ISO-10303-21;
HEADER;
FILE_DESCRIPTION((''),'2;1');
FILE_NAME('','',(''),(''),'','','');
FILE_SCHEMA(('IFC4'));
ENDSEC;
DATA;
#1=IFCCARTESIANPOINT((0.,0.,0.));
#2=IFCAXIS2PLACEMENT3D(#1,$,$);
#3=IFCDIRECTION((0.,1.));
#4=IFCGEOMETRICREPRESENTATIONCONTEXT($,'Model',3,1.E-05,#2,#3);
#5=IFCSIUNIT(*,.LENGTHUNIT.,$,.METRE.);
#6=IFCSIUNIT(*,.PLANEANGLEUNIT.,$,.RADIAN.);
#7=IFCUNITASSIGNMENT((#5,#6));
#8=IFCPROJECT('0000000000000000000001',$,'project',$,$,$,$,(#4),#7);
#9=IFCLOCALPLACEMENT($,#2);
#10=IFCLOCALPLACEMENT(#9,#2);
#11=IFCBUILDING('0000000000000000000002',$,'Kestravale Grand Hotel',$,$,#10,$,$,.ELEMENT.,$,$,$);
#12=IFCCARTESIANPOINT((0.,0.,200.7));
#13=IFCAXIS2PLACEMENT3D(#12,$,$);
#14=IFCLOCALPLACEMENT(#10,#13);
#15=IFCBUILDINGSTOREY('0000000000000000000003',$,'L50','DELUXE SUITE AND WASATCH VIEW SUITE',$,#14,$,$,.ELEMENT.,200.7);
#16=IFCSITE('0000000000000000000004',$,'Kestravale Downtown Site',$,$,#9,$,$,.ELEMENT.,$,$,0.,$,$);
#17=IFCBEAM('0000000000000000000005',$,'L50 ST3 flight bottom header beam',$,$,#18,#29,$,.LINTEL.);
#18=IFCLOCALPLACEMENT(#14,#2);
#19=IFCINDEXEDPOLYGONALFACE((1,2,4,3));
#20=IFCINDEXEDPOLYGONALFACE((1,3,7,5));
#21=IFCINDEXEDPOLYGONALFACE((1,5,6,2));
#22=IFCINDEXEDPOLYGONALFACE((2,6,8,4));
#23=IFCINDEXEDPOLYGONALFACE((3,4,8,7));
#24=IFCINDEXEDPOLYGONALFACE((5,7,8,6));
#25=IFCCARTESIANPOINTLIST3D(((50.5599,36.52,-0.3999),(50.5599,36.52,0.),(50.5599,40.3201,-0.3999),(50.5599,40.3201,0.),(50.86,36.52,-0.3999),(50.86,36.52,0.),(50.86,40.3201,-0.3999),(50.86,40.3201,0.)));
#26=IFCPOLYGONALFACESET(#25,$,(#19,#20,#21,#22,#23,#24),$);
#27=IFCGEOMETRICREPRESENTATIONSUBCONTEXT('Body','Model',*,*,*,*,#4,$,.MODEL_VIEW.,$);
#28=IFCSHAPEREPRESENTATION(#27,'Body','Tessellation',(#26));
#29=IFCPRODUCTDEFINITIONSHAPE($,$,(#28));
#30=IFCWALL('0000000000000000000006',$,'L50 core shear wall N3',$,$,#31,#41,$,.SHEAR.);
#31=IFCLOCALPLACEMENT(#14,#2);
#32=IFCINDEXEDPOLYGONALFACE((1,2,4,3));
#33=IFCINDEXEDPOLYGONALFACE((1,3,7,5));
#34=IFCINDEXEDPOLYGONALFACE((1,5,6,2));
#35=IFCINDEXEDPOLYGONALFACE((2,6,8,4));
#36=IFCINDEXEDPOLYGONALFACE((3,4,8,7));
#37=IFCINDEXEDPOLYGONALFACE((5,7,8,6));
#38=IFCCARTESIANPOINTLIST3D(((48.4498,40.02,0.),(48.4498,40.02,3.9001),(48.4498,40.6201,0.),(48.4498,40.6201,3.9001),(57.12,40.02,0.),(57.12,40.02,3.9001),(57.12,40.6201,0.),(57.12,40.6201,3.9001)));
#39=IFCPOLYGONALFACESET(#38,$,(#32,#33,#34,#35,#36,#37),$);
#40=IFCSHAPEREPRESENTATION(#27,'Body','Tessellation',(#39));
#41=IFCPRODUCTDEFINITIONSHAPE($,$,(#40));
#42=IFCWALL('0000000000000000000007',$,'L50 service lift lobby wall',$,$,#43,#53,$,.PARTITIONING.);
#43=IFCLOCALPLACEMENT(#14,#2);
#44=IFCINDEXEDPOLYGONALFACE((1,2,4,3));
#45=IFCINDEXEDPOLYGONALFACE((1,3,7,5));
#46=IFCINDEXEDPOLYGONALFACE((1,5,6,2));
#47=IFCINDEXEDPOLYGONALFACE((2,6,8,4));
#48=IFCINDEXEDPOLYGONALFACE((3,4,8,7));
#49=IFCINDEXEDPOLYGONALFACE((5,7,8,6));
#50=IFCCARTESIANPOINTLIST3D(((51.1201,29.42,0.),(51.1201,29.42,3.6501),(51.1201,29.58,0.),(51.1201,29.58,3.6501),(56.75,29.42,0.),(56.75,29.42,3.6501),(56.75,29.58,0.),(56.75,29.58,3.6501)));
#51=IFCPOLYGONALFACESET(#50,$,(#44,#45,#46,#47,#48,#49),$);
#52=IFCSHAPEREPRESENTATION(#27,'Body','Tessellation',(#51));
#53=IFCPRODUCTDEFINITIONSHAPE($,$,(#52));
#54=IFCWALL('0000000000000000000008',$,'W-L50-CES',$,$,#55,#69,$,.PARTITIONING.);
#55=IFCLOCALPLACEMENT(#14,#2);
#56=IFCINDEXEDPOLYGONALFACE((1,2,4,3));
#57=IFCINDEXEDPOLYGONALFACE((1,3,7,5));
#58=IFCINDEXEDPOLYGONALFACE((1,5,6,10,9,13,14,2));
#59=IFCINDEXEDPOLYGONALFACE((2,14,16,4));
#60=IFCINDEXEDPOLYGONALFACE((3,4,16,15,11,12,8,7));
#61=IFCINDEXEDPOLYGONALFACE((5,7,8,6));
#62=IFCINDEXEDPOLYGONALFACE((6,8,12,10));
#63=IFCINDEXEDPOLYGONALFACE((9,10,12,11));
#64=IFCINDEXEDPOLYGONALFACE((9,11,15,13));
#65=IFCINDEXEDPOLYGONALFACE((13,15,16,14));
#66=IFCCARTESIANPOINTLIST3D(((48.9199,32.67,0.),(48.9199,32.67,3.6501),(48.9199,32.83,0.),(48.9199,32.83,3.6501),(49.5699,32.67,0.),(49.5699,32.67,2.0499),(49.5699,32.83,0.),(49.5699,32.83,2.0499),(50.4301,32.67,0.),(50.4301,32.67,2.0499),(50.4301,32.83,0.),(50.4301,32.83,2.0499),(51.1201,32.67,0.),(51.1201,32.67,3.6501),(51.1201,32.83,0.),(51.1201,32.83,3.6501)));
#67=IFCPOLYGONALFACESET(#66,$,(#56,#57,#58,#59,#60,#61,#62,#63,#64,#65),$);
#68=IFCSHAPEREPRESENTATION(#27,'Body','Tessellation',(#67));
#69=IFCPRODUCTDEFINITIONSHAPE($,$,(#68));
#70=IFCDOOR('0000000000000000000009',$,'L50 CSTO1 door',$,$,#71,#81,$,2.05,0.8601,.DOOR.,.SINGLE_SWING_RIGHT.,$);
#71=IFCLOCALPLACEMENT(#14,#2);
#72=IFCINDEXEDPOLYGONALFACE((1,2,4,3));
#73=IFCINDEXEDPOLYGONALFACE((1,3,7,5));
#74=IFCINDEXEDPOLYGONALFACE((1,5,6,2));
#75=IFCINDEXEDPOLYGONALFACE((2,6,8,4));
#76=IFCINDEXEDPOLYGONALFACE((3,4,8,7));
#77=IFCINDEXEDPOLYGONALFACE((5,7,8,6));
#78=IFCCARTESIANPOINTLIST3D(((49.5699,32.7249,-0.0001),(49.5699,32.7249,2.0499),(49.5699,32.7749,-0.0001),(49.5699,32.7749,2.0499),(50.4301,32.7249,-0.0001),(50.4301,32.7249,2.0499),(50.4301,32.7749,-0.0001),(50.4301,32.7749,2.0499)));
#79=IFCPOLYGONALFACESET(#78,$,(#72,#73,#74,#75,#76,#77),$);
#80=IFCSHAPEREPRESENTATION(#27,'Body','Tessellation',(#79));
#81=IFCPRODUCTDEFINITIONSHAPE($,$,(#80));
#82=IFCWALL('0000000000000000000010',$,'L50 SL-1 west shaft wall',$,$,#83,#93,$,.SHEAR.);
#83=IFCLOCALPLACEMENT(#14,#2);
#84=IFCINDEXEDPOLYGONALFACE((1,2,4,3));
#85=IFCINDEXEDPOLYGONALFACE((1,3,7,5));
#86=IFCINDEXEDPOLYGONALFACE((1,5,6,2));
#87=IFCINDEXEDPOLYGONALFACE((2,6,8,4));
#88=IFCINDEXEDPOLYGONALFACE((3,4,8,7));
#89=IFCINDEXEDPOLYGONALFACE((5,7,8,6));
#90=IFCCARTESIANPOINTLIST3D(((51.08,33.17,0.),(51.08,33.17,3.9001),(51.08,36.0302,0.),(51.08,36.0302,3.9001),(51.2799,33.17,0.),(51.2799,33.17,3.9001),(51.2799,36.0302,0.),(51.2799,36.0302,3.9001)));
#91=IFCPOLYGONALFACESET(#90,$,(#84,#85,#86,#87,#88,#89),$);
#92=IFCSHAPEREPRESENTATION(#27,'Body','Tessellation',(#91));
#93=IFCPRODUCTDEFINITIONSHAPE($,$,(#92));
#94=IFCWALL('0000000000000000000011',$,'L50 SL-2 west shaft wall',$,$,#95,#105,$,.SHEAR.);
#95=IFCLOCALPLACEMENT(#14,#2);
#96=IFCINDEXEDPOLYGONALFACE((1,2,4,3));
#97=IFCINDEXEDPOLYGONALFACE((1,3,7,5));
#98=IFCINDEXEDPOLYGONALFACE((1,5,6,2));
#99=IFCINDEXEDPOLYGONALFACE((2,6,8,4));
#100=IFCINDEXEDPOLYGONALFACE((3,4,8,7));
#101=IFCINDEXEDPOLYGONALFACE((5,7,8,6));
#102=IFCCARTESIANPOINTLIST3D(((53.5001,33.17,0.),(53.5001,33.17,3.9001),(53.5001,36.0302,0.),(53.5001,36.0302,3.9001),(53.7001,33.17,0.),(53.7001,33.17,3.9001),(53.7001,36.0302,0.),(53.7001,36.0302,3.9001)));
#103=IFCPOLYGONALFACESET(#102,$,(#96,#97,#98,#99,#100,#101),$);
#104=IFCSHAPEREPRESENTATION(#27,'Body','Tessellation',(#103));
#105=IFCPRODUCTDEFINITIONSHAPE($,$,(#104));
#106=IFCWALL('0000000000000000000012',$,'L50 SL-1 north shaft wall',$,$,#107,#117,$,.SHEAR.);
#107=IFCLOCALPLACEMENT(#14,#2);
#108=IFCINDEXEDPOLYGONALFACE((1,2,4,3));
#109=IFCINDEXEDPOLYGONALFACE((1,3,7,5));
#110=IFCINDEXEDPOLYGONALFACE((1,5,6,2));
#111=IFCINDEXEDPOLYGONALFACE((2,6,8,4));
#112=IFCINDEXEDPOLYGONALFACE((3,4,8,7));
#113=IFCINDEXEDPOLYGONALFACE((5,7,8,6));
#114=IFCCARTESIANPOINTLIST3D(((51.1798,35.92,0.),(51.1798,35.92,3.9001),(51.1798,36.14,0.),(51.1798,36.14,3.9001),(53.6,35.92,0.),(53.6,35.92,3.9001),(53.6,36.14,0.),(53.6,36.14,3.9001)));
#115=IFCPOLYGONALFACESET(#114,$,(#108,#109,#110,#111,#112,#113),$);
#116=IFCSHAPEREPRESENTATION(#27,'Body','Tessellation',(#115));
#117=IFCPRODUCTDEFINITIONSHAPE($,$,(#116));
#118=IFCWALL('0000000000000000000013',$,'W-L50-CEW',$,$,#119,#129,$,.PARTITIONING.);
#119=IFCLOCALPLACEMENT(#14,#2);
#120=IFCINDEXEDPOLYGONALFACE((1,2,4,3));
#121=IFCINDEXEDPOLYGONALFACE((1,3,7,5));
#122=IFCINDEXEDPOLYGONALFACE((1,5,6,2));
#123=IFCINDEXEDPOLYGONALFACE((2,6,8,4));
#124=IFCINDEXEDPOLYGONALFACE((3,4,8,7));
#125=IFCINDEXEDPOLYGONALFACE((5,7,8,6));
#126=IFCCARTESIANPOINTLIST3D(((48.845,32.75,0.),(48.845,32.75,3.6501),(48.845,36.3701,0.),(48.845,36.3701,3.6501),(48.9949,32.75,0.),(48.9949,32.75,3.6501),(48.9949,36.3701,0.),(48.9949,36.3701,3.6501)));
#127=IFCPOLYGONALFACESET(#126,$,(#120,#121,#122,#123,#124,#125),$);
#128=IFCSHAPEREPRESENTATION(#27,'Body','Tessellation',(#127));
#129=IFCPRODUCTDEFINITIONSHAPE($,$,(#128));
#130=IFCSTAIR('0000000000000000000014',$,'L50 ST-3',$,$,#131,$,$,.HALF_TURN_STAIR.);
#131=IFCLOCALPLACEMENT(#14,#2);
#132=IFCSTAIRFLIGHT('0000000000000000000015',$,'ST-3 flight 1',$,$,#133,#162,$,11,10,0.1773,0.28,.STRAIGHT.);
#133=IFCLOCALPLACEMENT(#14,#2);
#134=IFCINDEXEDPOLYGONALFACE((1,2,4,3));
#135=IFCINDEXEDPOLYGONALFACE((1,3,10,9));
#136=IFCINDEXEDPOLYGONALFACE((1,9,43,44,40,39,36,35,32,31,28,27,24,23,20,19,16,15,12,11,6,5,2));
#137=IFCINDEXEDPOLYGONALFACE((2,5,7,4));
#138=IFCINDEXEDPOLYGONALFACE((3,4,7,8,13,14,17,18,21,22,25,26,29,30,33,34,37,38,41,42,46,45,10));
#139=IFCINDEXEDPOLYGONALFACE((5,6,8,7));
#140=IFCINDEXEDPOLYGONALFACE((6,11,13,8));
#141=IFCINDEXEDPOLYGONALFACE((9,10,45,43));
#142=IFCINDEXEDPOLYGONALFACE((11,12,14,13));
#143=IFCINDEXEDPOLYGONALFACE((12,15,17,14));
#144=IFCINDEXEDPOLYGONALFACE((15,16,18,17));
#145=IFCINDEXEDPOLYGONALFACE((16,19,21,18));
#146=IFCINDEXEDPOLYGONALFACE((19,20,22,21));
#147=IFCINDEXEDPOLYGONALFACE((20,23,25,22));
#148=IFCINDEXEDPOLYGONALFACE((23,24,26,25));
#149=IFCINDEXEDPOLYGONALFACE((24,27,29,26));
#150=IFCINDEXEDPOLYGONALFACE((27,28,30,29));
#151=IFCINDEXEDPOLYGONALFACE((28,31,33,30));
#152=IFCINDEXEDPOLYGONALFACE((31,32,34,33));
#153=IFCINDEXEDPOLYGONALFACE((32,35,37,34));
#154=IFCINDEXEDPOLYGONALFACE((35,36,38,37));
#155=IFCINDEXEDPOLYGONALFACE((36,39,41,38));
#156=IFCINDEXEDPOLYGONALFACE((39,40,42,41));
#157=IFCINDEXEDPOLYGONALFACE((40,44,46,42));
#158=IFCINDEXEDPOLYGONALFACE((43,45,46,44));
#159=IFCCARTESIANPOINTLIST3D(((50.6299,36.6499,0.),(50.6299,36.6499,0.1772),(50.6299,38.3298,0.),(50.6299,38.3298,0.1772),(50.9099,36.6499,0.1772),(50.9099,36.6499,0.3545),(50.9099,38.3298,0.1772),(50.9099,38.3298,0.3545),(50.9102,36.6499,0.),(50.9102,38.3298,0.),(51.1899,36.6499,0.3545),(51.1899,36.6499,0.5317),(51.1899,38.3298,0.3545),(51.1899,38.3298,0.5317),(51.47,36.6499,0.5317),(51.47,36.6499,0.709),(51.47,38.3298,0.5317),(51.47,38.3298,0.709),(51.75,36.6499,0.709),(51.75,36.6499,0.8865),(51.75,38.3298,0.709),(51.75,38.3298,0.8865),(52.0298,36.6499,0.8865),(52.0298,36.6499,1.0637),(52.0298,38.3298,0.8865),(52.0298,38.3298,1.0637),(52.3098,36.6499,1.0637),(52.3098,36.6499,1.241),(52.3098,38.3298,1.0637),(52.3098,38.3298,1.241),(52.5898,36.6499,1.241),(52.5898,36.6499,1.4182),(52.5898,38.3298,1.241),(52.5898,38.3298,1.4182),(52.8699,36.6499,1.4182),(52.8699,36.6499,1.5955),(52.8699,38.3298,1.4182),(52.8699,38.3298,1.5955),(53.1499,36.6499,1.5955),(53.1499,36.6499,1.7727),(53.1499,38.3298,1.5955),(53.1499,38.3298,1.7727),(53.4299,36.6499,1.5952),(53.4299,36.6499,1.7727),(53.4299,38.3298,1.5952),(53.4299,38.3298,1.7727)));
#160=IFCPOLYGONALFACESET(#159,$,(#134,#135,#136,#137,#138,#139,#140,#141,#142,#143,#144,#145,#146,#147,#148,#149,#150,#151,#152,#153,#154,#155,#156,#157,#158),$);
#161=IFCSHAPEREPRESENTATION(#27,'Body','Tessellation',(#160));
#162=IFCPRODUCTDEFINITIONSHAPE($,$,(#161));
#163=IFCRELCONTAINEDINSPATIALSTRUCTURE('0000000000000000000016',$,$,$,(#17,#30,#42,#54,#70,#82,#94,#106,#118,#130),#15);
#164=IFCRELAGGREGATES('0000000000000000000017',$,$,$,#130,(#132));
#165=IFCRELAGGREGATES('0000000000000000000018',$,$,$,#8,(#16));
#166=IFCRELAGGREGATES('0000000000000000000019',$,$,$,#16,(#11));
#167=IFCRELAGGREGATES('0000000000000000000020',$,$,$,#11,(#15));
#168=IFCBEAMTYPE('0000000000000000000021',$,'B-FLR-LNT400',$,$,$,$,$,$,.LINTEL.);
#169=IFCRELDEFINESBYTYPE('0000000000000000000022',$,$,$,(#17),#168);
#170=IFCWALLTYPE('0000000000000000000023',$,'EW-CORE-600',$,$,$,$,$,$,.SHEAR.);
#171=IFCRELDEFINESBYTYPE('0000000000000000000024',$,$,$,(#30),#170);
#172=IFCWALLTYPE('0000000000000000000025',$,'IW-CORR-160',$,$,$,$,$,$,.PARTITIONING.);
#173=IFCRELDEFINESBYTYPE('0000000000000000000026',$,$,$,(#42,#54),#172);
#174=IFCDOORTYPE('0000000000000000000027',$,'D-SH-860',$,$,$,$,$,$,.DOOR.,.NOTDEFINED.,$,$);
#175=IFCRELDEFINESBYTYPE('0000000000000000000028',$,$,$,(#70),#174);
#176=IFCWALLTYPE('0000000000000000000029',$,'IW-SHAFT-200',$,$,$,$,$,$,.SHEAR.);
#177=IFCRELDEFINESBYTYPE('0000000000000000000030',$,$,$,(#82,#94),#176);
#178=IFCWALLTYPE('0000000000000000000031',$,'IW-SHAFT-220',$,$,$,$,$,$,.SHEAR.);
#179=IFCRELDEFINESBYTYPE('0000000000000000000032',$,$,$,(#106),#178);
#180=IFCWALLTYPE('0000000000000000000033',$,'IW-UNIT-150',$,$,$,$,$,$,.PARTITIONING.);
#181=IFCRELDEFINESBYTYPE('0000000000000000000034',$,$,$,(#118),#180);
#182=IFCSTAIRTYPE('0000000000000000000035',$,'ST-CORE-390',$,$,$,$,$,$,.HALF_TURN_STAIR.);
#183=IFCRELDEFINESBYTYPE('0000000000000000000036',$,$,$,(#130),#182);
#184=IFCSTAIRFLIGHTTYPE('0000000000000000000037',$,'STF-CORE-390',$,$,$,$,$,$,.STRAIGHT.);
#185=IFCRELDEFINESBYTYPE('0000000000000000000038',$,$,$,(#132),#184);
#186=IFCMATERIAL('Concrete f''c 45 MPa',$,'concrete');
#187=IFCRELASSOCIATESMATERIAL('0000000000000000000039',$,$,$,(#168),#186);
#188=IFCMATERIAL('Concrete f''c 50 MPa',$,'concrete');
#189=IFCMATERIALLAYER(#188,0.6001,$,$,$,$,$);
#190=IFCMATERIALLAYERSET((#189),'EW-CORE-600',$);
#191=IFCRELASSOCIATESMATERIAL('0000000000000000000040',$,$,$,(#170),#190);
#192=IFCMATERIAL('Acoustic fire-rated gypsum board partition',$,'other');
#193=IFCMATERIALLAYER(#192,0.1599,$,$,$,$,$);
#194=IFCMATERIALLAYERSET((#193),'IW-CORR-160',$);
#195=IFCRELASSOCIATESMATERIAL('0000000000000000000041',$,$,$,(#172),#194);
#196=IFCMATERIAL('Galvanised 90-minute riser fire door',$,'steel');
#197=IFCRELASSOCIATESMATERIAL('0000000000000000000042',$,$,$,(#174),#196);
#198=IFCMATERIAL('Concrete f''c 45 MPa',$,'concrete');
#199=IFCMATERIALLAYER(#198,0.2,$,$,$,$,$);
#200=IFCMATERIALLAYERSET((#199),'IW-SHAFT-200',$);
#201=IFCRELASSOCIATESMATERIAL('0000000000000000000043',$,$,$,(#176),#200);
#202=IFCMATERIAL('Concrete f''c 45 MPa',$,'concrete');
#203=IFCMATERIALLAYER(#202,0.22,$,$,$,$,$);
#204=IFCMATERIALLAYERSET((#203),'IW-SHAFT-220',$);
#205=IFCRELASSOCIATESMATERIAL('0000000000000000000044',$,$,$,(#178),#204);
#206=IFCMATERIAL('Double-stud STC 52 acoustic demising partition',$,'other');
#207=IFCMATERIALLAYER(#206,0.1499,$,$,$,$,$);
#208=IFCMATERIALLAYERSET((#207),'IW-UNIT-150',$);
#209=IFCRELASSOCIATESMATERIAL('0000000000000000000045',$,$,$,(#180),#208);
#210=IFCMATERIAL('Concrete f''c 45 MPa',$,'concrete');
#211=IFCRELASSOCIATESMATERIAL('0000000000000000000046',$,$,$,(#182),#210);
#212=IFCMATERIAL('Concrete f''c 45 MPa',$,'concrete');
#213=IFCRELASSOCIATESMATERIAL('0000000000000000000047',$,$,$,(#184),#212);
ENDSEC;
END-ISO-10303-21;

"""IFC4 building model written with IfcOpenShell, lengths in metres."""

from ifc_helpers import new_model, si_unit, direction, frame, frame_2d, origin, origin_2d, place, context, subcontext, project, spatial, polyline, rectangle, outline, extrude, material, layer, layer_set, material_profile, profile_set, type_object, element, fill, aggregate, save


model = new_model("IFC4")

# Units and contexts
model_context = context("Model", 3, precision=1e-05, world=origin(), true_north=direction((0.0, 1.0)))
body_context = subcontext(model_context, "Body", "Model", "MODEL_VIEW")
ifc_project = project(units=[si_unit("LENGTHUNIT", "METRE"), si_unit("PLANEANGLEUNIT", "RADIAN")], contexts=[model_context])

# Site, building, storey
site_placement = place(None, origin())
site = spatial("IfcSite", under=ifc_project, at=site_placement, Name="Kestravale Downtown Site", CompositionType="ELEMENT", RefElevation=0.0)
building_placement = place(site_placement, origin())
building = spatial("IfcBuilding", under=site, at=building_placement, Name="Kestravale Grand Hotel", CompositionType="ELEMENT")
storey_placement = place(building_placement, frame((0.0, 0.0, 200.7)))
storey = spatial("IfcBuildingStorey", under=building, at=storey_placement, Name="L50", Description="DELUXE SUITE AND WASATCH VIEW SUITE", CompositionType="ELEMENT", Elevation=200.7)

# Beam
ifc_material_1 = material(Name="Concrete f'c 45 MPa", Category="concrete")
ifc_material_profile = material_profile(ifc_material_1, rectangle(XDim=0.3, YDim=0.3999, at=origin_2d()))
ifc_profile_set = profile_set([ifc_material_profile], Name="Concrete f'c 45 MPa")
beam_type = type_object("IfcBeamType", Name="B-FLR-LNT400", PredefinedType="LINTEL", material=ifc_profile_set)
beam_placement = place(storey_placement, frame((50.71, 36.52, -0.2), z_axis=(0.0, 1.0, 0.0), x_axis=(-1.0, 0.0, 0.0)))
element("IfcBeam", 1, at=beam_placement, inside=storey, type_object=beam_type, Name="L50 ST3 flight bottom header beam", PredefinedType="LINTEL", context=body_context, shape_type="SweptSolid", body=[
    extrude(rectangle(XDim=0.3, YDim=0.3999, at=origin_2d()), origin(), (0.0, 0.0, 1.0), 3.8),
])

# Wall
ifc_material_2 = material(Name="Concrete f'c 50 MPa", Category="concrete")
ifc_layer_1 = layer(ifc_material_2, 0.6001)
ifc_layer_set_1 = layer_set([ifc_layer_1], Name="EW-CORE-600")
wall_type_1 = type_object("IfcWallType", Name="EW-CORE-600", PredefinedType="SHEAR", material=ifc_layer_set_1)
wall_1_placement = place(storey_placement, frame((48.45, 40.3201, 0.0), z_axis=(0.0, 0.0, 1.0), x_axis=(1.0, 0.0, 0.0)))
element("IfcWall", 2, at=wall_1_placement, inside=storey, type_object=wall_type_1, Name="L50 core shear wall N3", PredefinedType="SHEAR", context=body_context, shape_type="SweptSolid", body=[
    extrude(rectangle(XDim=8.6702, YDim=0.6001, at=frame_2d((4.335, 0.0))), origin(), (0.0, 0.0, 1.0), 3.9001),
])

# Shared definitions
ifc_material_3 = material(Name="Acoustic fire-rated gypsum board partition", Category="other")
ifc_layer_2 = layer(ifc_material_3, 0.1599)
ifc_layer_set_2 = layer_set([ifc_layer_2], Name="IW-CORR-160")
wall_type_2 = type_object("IfcWallType", Name="IW-CORR-160", PredefinedType="PARTITIONING", material=ifc_layer_set_2)

# Wall
wall_2_placement = place(storey_placement, frame((51.1201, 29.5, 0.0), z_axis=(0.0, 0.0, 1.0), x_axis=(1.0, 0.0, 0.0)))
element("IfcWall", 3, at=wall_2_placement, inside=storey, type_object=wall_type_2, Name="L50 service lift lobby wall", PredefinedType="PARTITIONING", context=body_context, shape_type="SweptSolid", body=[
    extrude(rectangle(XDim=5.6299, YDim=0.1599, at=frame_2d((2.8149, 0.0))), origin(), (0.0, 0.0, 1.0), 3.6501),
])

# Wall, opening, door
wall_3_placement = place(storey_placement, frame((48.9199, 32.75, 0.0), z_axis=(0.0, 0.0, 1.0), x_axis=(1.0, 0.0, 0.0)))
wall_3 = element("IfcWall", 4, at=wall_3_placement, inside=storey, type_object=wall_type_2, Name="W-L50-CES", PredefinedType="PARTITIONING", context=body_context, shape_type="SweptSolid", body=[
    extrude(rectangle(XDim=2.2002, YDim=0.1599, at=frame_2d((1.1001, 0.0))), origin(), (0.0, 0.0, 1.0), 3.6501),
])
opening_1_placement = place(wall_3_placement, frame((0.6499, 0.0, 0.0)))
opening_1 = element("IfcOpeningElement", 5, at=opening_1_placement, cuts=wall_3, PredefinedType="OPENING", context=body_context, shape_type="SweptSolid", body=[
    extrude(rectangle(XDim=0.8601, YDim=2.05, at=frame_2d((0.4302, 1.0249))), frame((0.0, 0.0898, 0.0), z_axis=(0.0, -1.0, 0.0), x_axis=(1.0, 0.0, 0.0)), (0.0, 0.0, 1.0), 0.1799),
])
ifc_material_4 = material(Name="Galvanised 90-minute riser fire door", Category="steel")
door_type_1 = type_object("IfcDoorType", Name="D-SH-860", OperationType="NOTDEFINED", PredefinedType="DOOR", material=ifc_material_4)
door_1_placement = place(opening_1_placement, origin())
door_1 = element("IfcDoor", 6, at=door_1_placement, inside=storey, type_object=door_type_1, Name="L50 CSTO1 door", OperationType="SINGLE_SWING_RIGHT", OverallHeight=2.05, OverallWidth=0.8601, PredefinedType="DOOR", context=body_context, shape_type="SweptSolid", body=[
    extrude(rectangle(XDim=0.8601, YDim=2.05, at=frame_2d((0.4302, 1.0249))), frame((0.0, 0.0249, 0.0), z_axis=(0.0, -1.0, 0.0), x_axis=(1.0, 0.0, 0.0)), (0.0, 0.0, 1.0), 0.05),
])
fill(opening_1, door_1)

# Walls
ifc_material_5 = material(Name="Concrete f'c 45 MPa", Category="concrete")
ifc_layer_3 = layer(ifc_material_5, 0.2)
ifc_layer_set_3 = layer_set([ifc_layer_3], Name="IW-SHAFT-200")
wall_type_3 = type_object("IfcWallType", Name="IW-SHAFT-200", PredefinedType="SHEAR", material=ifc_layer_set_3)
for number, where, z_axis, x_axis, name in (
    (7, (51.1799, 33.1699, 0.0), (0.0, 0.0, 1.0), (0.0, 1.0, 0.0), "L50 SL-1 west shaft wall"),
    (8, (53.6001, 33.1699, 0.0), (0.0, 0.0, 1.0), (0.0, 1.0, 0.0), "L50 SL-2 west shaft wall"),
):
    element("IfcWall", number, at=place(storey_placement, frame(where, z_axis=z_axis, x_axis=x_axis)), inside=storey, type_object=wall_type_3, Name=name, PredefinedType="SHEAR", context=body_context, shape_type="SweptSolid", body=[
        extrude(rectangle(XDim=2.8601, YDim=0.2, at=frame_2d((1.4302, 0.0))), origin(), (0.0, 0.0, 1.0), 3.9001),
    ])

# Shared definitions
ifc_material_6 = material(Name="Concrete f'c 45 MPa", Category="concrete")
ifc_layer_4 = layer(ifc_material_6, 0.22)
ifc_layer_set_4 = layer_set([ifc_layer_4], Name="IW-SHAFT-220")
wall_type_4 = type_object("IfcWallType", Name="IW-SHAFT-220", PredefinedType="SHEAR", material=ifc_layer_set_4)

# Wall
wall_4_placement = place(storey_placement, frame((51.1799, 36.03, 0.0), z_axis=(0.0, 0.0, 1.0), x_axis=(1.0, 0.0, 0.0)))
element("IfcWall", 9, at=wall_4_placement, inside=storey, type_object=wall_type_4, Name="L50 SL-1 north shaft wall", PredefinedType="SHEAR", context=body_context, shape_type="SweptSolid", body=[
    extrude(rectangle(XDim=2.4202, YDim=0.22, at=frame_2d((1.21, 0.0))), origin(), (0.0, 0.0, 1.0), 3.9001),
])

# Wall
ifc_material_7 = material(Name="Double-stud STC 52 acoustic demising partition", Category="other")
ifc_layer_5 = layer(ifc_material_7, 0.1499)
ifc_layer_set_5 = layer_set([ifc_layer_5], Name="IW-UNIT-150")
wall_type_5 = type_object("IfcWallType", Name="IW-UNIT-150", PredefinedType="PARTITIONING", material=ifc_layer_set_5)
wall_5_placement = place(storey_placement, frame((48.9199, 32.75, 0.0), z_axis=(0.0, 0.0, 1.0), x_axis=(0.0, 1.0, 0.0)))
element("IfcWall", 10, at=wall_5_placement, inside=storey, type_object=wall_type_5, Name="W-L50-CEW", PredefinedType="PARTITIONING", context=body_context, shape_type="SweptSolid", body=[
    extrude(rectangle(XDim=3.6201, YDim=0.1499, at=frame_2d((1.8101, 0.0))), origin(), (0.0, 0.0, 1.0), 3.6501),
])

# Stair, stair flight
ifc_material_8 = material(Name="Concrete f'c 45 MPa", Category="concrete")
stair_type = type_object("IfcStairType", Name="ST-CORE-390", PredefinedType="HALF_TURN_STAIR", material=ifc_material_8)
stair_placement = place(storey_placement, origin())
stair = element("IfcStair", 11, at=stair_placement, inside=storey, type_object=stair_type, Name="L50 ST-3", PredefinedType="HALF_TURN_STAIR")
ifc_material_9 = material(Name="Concrete f'c 45 MPa", Category="concrete")
stair_flight_type = type_object("IfcStairFlightType", Name="STF-CORE-390", PredefinedType="STRAIGHT", material=ifc_material_9)
stair_flight_1_placement = place(storey_placement, frame((50.6299, 37.49, 0.0), z_axis=(0.0, 0.0, 1.0), x_axis=(1.0, 0.0, 0.0)))
stair_flight_1 = element("IfcStairFlight", 12, at=stair_flight_1_placement, type_object=stair_flight_type, Name="ST-3 flight 1", NumberOfRisers=11, NumberOfTreads=10, PredefinedType="STRAIGHT", RiserHeight=0.1773, TreadLength=0.28, context=body_context, shape_type="SweptSolid", body=[
    extrude(outline(polyline([(0.0, 0.0), (0.0, 0.1772), (0.28, 0.1772), (0.28, 0.3545), (0.5601, 0.3545), (0.5601, 0.5317), (0.8401, 0.5317), (0.8401, 0.709), (1.1201, 0.709), (1.1201, 0.8865), (1.3999, 0.8865), (1.3999, 1.0637), (1.6799, 1.0637), (1.6799, 1.241), (1.96, 1.241), (1.96, 1.4182), (2.24, 1.4182), (2.24, 1.5955), (2.52, 1.5955), (2.52, 1.7727), (2.8, 1.7727), (2.8, 1.95), (2.8, 1.5952), (0.2803, 0.0), (0.0, 0.0)])), frame((0.0, 0.8398, 0.0), z_axis=(0.0, -1.0, 0.0), x_axis=(1.0, 0.0, 0.0)), (0.0, 0.0, 1.0), 1.6799),
])
aggregate(stair, [stair_flight_1])

save(model, "model.ifc")
